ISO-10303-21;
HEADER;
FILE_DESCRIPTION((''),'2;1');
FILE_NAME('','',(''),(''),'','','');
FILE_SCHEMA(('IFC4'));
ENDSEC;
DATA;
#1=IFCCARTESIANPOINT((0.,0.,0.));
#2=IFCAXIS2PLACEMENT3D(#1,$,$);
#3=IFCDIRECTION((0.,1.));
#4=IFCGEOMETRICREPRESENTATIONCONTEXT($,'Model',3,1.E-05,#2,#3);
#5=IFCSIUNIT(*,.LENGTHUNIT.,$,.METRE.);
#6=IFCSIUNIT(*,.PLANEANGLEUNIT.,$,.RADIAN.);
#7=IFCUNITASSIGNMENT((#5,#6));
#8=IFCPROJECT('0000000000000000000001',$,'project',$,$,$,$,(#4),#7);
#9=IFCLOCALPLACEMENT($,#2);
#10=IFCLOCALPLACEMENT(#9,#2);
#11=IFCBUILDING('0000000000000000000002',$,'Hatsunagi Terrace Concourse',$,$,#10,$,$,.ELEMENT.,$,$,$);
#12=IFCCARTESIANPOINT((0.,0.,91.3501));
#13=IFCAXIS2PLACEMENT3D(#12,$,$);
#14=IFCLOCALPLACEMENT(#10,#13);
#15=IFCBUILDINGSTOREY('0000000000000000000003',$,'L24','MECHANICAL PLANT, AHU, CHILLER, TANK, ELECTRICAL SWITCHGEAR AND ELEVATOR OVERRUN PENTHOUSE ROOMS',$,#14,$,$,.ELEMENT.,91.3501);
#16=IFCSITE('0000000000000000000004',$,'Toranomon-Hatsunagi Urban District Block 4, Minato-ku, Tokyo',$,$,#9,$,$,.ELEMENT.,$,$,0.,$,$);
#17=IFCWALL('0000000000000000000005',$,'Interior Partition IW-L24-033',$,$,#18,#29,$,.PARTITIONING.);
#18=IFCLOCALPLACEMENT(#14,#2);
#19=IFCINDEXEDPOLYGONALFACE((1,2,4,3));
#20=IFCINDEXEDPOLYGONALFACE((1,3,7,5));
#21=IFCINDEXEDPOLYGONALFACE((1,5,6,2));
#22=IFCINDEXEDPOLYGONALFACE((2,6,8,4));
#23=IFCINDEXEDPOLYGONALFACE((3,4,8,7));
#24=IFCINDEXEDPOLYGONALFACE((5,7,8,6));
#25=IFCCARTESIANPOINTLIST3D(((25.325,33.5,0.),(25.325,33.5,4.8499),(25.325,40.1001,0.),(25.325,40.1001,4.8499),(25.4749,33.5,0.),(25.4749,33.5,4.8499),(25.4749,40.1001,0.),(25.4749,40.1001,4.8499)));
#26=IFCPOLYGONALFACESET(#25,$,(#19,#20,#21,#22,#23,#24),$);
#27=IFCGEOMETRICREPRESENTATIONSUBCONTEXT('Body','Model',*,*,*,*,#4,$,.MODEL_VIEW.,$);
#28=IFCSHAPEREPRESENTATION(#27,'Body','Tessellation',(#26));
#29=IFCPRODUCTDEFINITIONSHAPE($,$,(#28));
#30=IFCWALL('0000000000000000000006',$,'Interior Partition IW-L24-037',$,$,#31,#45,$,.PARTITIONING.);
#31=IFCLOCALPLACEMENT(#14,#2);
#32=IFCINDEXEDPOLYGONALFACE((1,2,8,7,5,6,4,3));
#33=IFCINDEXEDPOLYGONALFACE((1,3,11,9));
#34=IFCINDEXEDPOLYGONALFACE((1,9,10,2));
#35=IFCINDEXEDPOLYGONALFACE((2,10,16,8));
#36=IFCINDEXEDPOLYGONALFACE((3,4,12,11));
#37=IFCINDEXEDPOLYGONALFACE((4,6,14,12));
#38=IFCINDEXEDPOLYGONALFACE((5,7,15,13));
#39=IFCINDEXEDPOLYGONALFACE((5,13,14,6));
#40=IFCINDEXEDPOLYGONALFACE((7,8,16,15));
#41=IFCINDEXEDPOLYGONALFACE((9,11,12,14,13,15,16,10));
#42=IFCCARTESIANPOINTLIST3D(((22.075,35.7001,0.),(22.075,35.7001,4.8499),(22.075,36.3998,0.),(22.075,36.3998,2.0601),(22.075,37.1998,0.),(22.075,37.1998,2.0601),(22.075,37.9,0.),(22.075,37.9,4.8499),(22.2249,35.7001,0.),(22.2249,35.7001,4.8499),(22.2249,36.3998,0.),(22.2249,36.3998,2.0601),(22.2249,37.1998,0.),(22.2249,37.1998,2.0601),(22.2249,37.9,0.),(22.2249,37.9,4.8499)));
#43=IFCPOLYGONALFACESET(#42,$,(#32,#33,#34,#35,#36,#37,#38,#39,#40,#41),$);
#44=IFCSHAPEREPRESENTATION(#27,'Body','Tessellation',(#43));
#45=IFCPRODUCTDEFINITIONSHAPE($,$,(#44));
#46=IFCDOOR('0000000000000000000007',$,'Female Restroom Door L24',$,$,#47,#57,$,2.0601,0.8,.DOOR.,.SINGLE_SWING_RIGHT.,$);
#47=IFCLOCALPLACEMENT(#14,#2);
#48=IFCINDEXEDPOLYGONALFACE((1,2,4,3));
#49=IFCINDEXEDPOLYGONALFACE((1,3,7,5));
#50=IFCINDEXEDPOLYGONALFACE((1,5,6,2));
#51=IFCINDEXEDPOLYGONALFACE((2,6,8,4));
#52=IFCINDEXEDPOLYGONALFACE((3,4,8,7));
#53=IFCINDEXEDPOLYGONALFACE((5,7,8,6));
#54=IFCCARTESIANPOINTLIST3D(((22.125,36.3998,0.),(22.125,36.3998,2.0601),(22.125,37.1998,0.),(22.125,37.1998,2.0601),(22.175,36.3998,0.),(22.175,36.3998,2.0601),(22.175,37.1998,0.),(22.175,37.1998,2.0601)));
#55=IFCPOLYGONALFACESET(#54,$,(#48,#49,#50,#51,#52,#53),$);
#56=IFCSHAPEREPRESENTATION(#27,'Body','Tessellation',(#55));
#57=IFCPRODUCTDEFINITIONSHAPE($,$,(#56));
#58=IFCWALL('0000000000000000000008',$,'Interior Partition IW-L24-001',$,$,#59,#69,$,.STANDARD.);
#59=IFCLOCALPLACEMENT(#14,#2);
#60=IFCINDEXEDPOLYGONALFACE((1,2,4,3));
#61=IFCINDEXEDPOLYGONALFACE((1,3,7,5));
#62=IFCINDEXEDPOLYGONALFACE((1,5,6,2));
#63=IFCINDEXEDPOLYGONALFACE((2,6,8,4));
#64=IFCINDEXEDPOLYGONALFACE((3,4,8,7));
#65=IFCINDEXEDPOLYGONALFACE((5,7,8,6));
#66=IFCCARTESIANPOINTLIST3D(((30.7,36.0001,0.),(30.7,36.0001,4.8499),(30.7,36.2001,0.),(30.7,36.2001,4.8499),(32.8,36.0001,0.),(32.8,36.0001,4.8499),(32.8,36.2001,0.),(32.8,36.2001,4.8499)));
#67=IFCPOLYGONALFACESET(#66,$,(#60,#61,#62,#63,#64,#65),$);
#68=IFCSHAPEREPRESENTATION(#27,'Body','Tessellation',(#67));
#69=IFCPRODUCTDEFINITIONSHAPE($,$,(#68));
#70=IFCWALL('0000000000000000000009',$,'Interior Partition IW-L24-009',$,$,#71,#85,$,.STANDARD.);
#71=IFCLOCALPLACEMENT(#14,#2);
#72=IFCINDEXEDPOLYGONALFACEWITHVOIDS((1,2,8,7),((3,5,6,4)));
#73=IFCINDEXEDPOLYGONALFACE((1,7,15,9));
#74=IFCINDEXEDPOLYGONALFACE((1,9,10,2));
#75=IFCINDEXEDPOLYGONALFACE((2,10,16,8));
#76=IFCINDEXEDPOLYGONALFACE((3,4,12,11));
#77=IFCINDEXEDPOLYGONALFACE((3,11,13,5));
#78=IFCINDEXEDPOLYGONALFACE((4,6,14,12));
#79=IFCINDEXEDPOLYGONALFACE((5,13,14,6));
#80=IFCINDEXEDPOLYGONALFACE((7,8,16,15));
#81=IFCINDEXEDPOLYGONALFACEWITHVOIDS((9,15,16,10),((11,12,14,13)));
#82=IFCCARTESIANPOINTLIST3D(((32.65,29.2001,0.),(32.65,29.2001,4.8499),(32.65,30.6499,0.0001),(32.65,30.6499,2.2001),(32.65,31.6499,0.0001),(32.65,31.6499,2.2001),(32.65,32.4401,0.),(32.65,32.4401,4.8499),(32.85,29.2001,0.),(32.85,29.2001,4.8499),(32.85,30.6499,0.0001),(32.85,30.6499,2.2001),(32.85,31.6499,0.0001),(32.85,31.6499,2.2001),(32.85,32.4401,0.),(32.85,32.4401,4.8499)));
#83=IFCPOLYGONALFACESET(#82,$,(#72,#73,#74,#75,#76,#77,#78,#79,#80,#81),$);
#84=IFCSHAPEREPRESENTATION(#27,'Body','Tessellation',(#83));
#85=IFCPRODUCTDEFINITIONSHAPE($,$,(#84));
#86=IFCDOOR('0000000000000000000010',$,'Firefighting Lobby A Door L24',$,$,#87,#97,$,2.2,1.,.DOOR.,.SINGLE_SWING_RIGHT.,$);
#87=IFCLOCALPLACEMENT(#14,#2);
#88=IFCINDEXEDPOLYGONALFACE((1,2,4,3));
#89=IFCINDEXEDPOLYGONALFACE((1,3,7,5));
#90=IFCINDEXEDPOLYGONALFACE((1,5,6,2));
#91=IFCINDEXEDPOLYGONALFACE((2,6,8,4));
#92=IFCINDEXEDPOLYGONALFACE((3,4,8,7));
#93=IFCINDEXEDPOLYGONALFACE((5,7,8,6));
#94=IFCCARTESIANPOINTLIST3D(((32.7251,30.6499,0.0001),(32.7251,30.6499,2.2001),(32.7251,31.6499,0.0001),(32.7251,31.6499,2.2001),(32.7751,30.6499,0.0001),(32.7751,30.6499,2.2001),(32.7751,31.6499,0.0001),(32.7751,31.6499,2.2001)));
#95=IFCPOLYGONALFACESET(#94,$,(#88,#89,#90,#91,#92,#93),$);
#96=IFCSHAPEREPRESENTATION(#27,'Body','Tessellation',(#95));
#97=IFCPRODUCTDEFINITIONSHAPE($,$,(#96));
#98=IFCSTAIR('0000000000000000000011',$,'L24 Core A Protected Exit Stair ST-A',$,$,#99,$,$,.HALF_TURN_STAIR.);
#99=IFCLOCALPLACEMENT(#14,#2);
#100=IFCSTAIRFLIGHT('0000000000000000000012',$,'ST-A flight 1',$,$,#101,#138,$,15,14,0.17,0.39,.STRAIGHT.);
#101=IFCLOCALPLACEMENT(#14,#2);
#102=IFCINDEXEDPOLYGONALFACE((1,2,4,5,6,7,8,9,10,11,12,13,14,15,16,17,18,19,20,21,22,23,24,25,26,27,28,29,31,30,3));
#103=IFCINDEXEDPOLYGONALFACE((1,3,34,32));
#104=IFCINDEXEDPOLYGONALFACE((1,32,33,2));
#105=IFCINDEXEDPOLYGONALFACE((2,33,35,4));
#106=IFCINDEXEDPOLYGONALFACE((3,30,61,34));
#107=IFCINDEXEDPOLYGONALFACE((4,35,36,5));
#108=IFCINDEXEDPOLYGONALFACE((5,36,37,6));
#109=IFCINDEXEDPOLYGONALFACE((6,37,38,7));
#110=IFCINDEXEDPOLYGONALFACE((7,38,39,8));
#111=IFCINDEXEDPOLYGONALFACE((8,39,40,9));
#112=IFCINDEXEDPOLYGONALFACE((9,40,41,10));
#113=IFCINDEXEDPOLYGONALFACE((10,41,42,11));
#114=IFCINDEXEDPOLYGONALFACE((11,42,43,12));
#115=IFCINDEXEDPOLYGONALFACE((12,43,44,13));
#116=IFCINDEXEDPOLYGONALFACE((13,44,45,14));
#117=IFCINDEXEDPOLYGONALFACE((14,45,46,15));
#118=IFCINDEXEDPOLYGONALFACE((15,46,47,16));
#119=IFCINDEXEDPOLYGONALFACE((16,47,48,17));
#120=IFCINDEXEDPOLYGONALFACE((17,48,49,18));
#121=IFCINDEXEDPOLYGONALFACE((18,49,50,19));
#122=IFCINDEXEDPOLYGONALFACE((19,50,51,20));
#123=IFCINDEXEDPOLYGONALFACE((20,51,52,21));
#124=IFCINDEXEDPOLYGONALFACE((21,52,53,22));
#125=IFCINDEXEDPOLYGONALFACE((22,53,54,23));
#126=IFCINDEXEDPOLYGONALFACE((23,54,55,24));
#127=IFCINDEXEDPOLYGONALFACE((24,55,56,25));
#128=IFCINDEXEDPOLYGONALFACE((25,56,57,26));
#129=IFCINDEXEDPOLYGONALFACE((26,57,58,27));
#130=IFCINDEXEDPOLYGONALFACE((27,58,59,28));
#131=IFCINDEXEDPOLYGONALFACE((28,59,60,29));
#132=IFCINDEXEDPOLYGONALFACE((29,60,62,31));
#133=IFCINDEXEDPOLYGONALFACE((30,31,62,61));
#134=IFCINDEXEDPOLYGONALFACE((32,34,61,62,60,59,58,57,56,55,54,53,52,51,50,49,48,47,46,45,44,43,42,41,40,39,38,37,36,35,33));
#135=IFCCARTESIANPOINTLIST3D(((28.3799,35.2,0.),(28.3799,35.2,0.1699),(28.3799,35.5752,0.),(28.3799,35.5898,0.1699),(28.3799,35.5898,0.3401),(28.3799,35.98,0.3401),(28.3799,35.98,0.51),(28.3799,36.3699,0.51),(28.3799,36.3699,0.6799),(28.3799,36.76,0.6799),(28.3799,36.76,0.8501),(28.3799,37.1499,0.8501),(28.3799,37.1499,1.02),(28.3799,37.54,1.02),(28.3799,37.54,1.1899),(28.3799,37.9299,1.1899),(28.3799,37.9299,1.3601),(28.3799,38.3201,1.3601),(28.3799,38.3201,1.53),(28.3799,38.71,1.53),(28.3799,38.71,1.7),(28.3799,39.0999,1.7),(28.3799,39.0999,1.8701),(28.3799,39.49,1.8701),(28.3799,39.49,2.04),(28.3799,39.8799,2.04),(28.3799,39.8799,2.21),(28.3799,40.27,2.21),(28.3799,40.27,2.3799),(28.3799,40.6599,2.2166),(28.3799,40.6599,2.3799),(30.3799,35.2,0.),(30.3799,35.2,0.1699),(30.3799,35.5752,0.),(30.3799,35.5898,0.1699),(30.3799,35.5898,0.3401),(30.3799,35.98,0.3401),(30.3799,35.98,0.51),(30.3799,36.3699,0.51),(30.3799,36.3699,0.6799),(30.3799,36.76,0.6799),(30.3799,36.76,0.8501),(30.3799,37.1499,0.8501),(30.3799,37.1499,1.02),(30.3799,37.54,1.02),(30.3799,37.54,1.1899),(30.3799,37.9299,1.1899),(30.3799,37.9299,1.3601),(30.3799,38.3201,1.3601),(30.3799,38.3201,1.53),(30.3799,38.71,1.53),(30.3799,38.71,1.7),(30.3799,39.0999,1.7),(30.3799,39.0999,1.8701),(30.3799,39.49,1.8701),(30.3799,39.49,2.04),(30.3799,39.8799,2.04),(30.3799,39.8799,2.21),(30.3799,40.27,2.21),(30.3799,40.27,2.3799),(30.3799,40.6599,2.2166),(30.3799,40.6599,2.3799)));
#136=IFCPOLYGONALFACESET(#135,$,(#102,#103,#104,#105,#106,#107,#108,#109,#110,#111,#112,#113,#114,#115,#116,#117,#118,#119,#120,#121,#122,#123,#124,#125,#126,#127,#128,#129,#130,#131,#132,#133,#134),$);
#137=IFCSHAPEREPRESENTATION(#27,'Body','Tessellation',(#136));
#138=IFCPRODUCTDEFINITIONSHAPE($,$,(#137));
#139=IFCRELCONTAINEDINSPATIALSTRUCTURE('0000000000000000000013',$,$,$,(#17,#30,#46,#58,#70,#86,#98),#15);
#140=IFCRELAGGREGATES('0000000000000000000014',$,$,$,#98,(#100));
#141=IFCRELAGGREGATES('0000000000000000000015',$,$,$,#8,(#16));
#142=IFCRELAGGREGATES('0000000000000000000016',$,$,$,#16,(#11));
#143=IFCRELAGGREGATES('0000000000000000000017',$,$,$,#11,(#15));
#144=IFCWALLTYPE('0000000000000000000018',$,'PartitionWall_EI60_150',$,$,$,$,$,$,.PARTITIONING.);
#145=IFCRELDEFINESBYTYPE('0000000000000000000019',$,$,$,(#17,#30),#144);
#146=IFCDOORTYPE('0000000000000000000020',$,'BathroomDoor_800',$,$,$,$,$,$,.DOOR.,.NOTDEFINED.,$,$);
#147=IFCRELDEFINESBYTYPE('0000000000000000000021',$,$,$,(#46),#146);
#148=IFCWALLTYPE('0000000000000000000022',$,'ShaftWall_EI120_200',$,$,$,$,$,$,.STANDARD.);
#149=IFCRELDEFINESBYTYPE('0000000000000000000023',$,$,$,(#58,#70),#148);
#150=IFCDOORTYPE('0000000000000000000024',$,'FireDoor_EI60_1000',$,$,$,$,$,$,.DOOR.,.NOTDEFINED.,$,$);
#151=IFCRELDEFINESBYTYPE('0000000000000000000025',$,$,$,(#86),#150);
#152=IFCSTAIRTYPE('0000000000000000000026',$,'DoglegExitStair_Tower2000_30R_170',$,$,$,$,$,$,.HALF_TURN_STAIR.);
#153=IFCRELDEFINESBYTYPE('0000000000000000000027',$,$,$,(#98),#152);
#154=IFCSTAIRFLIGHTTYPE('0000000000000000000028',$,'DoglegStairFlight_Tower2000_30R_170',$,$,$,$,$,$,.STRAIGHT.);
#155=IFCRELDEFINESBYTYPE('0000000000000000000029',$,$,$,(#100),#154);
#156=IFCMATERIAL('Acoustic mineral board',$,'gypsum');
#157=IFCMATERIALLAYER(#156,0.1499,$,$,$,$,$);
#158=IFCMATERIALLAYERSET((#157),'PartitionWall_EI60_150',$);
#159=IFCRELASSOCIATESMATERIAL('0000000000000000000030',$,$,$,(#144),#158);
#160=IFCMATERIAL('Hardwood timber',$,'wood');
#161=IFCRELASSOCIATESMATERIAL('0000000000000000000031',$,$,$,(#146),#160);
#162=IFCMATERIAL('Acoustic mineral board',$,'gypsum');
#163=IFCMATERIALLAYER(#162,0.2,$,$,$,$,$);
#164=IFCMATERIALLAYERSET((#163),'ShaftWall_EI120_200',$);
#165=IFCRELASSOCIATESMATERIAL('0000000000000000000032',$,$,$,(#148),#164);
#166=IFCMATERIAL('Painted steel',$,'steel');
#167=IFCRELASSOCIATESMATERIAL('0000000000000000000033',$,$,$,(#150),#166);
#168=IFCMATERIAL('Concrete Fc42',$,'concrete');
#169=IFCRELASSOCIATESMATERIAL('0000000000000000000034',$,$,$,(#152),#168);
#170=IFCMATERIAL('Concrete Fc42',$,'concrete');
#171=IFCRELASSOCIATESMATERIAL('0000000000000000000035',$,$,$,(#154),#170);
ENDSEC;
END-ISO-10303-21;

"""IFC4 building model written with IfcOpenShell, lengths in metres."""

from ifc_helpers import new_model, si_unit, direction, frame, frame_2d, origin, place, context, subcontext, project, spatial, polyline, rectangle, outline, extrude, material, layer, layer_set, type_object, element, fill, aggregate, save


model = new_model("IFC4")

# Units and contexts
model_context = context("Model", 3, precision=1e-05, world=origin(), true_north=direction((0.0, 1.0)))
body_context = subcontext(model_context, "Body", "Model", "MODEL_VIEW")
ifc_project = project(units=[si_unit("LENGTHUNIT", "METRE"), si_unit("PLANEANGLEUNIT", "RADIAN")], contexts=[model_context])

# Site, building, storey
site_placement = place(None, origin())
site = spatial("IfcSite", under=ifc_project, at=site_placement, Name="Toranomon-Hatsunagi Urban District Block 4, Minato-ku, Tokyo", CompositionType="ELEMENT", RefElevation=0.0)
building_placement = place(site_placement, origin())
building = spatial("IfcBuilding", under=site, at=building_placement, Name="Hatsunagi Terrace Concourse", CompositionType="ELEMENT")
storey_placement = place(building_placement, frame((0.0, 0.0, 91.3501)))
storey = spatial("IfcBuildingStorey", under=building, at=storey_placement, Name="L24", Description="MECHANICAL PLANT, AHU, CHILLER, TANK, ELECTRICAL SWITCHGEAR AND ELEVATOR OVERRUN PENTHOUSE ROOMS", CompositionType="ELEMENT", Elevation=91.3501)

# Wall
ifc_material_1 = material(Name="Acoustic mineral board", Category="gypsum")
ifc_layer_1 = layer(ifc_material_1, 0.1499)
ifc_layer_set_1 = layer_set([ifc_layer_1], Name="PartitionWall_EI60_150")
wall_type_1 = type_object("IfcWallType", Name="PartitionWall_EI60_150", PredefinedType="PARTITIONING", material=ifc_layer_set_1)
wall_1_placement = place(storey_placement, frame((25.3999, 33.5, 0.0), z_axis=(0.0, 0.0, 1.0), x_axis=(0.0, 1.0, 0.0)))
element("IfcWall", 1, at=wall_1_placement, inside=storey, type_object=wall_type_1, Name="Interior Partition IW-L24-033", PredefinedType="PARTITIONING", context=body_context, shape_type="SweptSolid", body=[
    extrude(rectangle(XDim=6.6001, YDim=0.1499, at=frame_2d((3.3, 0.0))), origin(), (0.0, 0.0, 1.0), 4.8499),
])

# Wall, opening, door
wall_2_placement = place(storey_placement, frame((22.1499, 35.7, 0.0), z_axis=(0.0, 0.0, 1.0), x_axis=(0.0, 1.0, 0.0)))
wall_2 = element("IfcWall", 2, at=wall_2_placement, inside=storey, type_object=wall_type_1, Name="Interior Partition IW-L24-037", PredefinedType="PARTITIONING", context=body_context, shape_type="SweptSolid", body=[
    extrude(rectangle(XDim=2.2, YDim=0.1499, at=frame_2d((1.1001, 0.0))), origin(), (0.0, 0.0, 1.0), 4.8499),
])
opening_1_placement = place(wall_2_placement, frame((0.7, 0.0, 0.0)))
opening_1 = element("IfcOpeningElement", 3, at=opening_1_placement, cuts=wall_2, PredefinedType="OPENING", context=body_context, shape_type="SweptSolid", body=[
    extrude(rectangle(XDim=0.8, YDim=2.0601, at=frame_2d((0.3999, 1.03))), frame((0.0, 0.085, 0.0), z_axis=(0.0, -1.0, 0.0), x_axis=(1.0, 0.0, 0.0)), (0.0, 0.0, 1.0), 0.1699),
])
ifc_material_2 = material(Name="Hardwood timber", Category="wood")
door_type_1 = type_object("IfcDoorType", Name="BathroomDoor_800", OperationType="NOTDEFINED", PredefinedType="DOOR", material=ifc_material_2)
door_1_placement = place(opening_1_placement, origin())
door_1 = element("IfcDoor", 4, at=door_1_placement, inside=storey, type_object=door_type_1, Name="Female Restroom Door L24", OperationType="SINGLE_SWING_RIGHT", OverallHeight=2.0601, OverallWidth=0.8, PredefinedType="DOOR", context=body_context, shape_type="SweptSolid", body=[
    extrude(rectangle(XDim=0.8, YDim=2.0601, at=frame_2d((0.3999, 1.03))), frame((0.0, 0.0249, 0.0), z_axis=(0.0, -1.0, 0.0), x_axis=(1.0, 0.0, 0.0)), (0.0, 0.0, 1.0), 0.05),
])
fill(opening_1, door_1)

# Wall
ifc_material_3 = material(Name="Acoustic mineral board", Category="gypsum")
ifc_layer_2 = layer(ifc_material_3, 0.2)
ifc_layer_set_2 = layer_set([ifc_layer_2], Name="ShaftWall_EI120_200")
wall_type_2 = type_object("IfcWallType", Name="ShaftWall_EI120_200", PredefinedType="STANDARD", material=ifc_layer_set_2)
wall_3_placement = place(storey_placement, frame((30.7, 36.1001, 0.0), z_axis=(0.0, 0.0, 1.0), x_axis=(1.0, 0.0, 0.0)))
element("IfcWall", 5, at=wall_3_placement, inside=storey, type_object=wall_type_2, Name="Interior Partition IW-L24-001", PredefinedType="STANDARD", context=body_context, shape_type="SweptSolid", body=[
    extrude(rectangle(XDim=2.1001, YDim=0.2, at=frame_2d((1.05, 0.0))), origin(), (0.0, 0.0, 1.0), 4.8499),
])

# Wall, opening, door
wall_4_placement = place(storey_placement, frame((32.75, 29.2, 0.0), z_axis=(0.0, 0.0, 1.0), x_axis=(0.0, 1.0, 0.0)))
wall_4 = element("IfcWall", 6, at=wall_4_placement, inside=storey, type_object=wall_type_2, Name="Interior Partition IW-L24-009", PredefinedType="STANDARD", context=body_context, shape_type="SweptSolid", body=[
    extrude(rectangle(XDim=3.24, YDim=0.2, at=frame_2d((1.6201, 0.0))), origin(), (0.0, 0.0, 1.0), 4.8499),
])
opening_2_placement = place(wall_4_placement, frame((1.45, 0.0, 0.0)))
opening_2 = element("IfcOpeningElement", 7, at=opening_2_placement, cuts=wall_4, PredefinedType="OPENING", context=body_context, shape_type="SweptSolid", body=[
    extrude(rectangle(XDim=1.0, YDim=2.2, at=frame_2d((0.5, 1.1001))), frame((0.0, 0.1099, 0.0), z_axis=(0.0, -1.0, 0.0), x_axis=(1.0, 0.0, 0.0)), (0.0, 0.0, 1.0), 0.22),
])
ifc_material_4 = material(Name="Painted steel", Category="steel")
door_type_2 = type_object("IfcDoorType", Name="FireDoor_EI60_1000", OperationType="NOTDEFINED", PredefinedType="DOOR", material=ifc_material_4)
door_2_placement = place(opening_2_placement, origin())
door_2 = element("IfcDoor", 8, at=door_2_placement, inside=storey, type_object=door_type_2, Name="Firefighting Lobby A Door L24", OperationType="SINGLE_SWING_RIGHT", OverallHeight=2.2, OverallWidth=1.0, PredefinedType="DOOR", context=body_context, shape_type="SweptSolid", body=[
    extrude(rectangle(XDim=1.0, YDim=2.2, at=frame_2d((0.5, 1.1001))), frame((0.0, 0.0249, 0.0), z_axis=(0.0, -1.0, 0.0), x_axis=(1.0, 0.0, 0.0)), (0.0, 0.0, 1.0), 0.05),
])
fill(opening_2, door_2)

# Stair, stair flight
ifc_material_5 = material(Name="Concrete Fc42", Category="concrete")
stair_type = type_object("IfcStairType", Name="DoglegExitStair_Tower2000_30R_170", PredefinedType="HALF_TURN_STAIR", material=ifc_material_5)
stair_placement = place(storey_placement, origin())
stair = element("IfcStair", 9, at=stair_placement, inside=storey, type_object=stair_type, Name="L24 Core A Protected Exit Stair ST-A", PredefinedType="HALF_TURN_STAIR")
ifc_material_6 = material(Name="Concrete Fc42", Category="concrete")
stair_flight_type = type_object("IfcStairFlightType", Name="DoglegStairFlight_Tower2000_30R_170", PredefinedType="STRAIGHT", material=ifc_material_6)
stair_flight_placement = place(storey_placement, frame((29.3799, 35.2, 0.0), z_axis=(0.0, 0.0, 1.0), x_axis=(0.0, 1.0, 0.0)))
stair_flight = element("IfcStairFlight", 10, at=stair_flight_placement, type_object=stair_flight_type, Name="ST-A flight 1", NumberOfRisers=15, NumberOfTreads=14, PredefinedType="STRAIGHT", RiserHeight=0.17, TreadLength=0.39, context=body_context, shape_type="SweptSolid", body=[
    extrude(outline(polyline([(0.0, 0.0), (0.0, 0.1699), (0.3899, 0.1699), (0.3899, 0.3401), (0.78, 0.3401), (0.78, 0.51), (1.1699, 0.51), (1.1699, 0.6799), (1.5601, 0.6799), (1.5601, 0.8501), (1.95, 0.8501), (1.95, 1.02), (2.3401, 1.02), (2.3401, 1.1899), (2.73, 1.1899), (2.73, 1.3601), (3.1201, 1.3601), (3.1201, 1.53), (3.51, 1.53), (3.51, 1.7), (3.8999, 1.7), (3.8999, 1.8701), (4.29, 1.8701), (4.29, 2.04), (4.6799, 2.04), (4.6799, 2.21), (5.0701, 2.21), (5.0701, 2.3799), (5.46, 2.3799), (5.46, 2.55), (5.46, 2.2166), (0.3752, 0.0), (0.0, 0.0)])), frame((0.0, 1.0, 0.0), z_axis=(0.0, -1.0, 0.0), x_axis=(1.0, 0.0, 0.0)), (0.0, 0.0, 1.0), 2.0),
])
aggregate(stair, [stair_flight])

save(model, "model.ifc")
